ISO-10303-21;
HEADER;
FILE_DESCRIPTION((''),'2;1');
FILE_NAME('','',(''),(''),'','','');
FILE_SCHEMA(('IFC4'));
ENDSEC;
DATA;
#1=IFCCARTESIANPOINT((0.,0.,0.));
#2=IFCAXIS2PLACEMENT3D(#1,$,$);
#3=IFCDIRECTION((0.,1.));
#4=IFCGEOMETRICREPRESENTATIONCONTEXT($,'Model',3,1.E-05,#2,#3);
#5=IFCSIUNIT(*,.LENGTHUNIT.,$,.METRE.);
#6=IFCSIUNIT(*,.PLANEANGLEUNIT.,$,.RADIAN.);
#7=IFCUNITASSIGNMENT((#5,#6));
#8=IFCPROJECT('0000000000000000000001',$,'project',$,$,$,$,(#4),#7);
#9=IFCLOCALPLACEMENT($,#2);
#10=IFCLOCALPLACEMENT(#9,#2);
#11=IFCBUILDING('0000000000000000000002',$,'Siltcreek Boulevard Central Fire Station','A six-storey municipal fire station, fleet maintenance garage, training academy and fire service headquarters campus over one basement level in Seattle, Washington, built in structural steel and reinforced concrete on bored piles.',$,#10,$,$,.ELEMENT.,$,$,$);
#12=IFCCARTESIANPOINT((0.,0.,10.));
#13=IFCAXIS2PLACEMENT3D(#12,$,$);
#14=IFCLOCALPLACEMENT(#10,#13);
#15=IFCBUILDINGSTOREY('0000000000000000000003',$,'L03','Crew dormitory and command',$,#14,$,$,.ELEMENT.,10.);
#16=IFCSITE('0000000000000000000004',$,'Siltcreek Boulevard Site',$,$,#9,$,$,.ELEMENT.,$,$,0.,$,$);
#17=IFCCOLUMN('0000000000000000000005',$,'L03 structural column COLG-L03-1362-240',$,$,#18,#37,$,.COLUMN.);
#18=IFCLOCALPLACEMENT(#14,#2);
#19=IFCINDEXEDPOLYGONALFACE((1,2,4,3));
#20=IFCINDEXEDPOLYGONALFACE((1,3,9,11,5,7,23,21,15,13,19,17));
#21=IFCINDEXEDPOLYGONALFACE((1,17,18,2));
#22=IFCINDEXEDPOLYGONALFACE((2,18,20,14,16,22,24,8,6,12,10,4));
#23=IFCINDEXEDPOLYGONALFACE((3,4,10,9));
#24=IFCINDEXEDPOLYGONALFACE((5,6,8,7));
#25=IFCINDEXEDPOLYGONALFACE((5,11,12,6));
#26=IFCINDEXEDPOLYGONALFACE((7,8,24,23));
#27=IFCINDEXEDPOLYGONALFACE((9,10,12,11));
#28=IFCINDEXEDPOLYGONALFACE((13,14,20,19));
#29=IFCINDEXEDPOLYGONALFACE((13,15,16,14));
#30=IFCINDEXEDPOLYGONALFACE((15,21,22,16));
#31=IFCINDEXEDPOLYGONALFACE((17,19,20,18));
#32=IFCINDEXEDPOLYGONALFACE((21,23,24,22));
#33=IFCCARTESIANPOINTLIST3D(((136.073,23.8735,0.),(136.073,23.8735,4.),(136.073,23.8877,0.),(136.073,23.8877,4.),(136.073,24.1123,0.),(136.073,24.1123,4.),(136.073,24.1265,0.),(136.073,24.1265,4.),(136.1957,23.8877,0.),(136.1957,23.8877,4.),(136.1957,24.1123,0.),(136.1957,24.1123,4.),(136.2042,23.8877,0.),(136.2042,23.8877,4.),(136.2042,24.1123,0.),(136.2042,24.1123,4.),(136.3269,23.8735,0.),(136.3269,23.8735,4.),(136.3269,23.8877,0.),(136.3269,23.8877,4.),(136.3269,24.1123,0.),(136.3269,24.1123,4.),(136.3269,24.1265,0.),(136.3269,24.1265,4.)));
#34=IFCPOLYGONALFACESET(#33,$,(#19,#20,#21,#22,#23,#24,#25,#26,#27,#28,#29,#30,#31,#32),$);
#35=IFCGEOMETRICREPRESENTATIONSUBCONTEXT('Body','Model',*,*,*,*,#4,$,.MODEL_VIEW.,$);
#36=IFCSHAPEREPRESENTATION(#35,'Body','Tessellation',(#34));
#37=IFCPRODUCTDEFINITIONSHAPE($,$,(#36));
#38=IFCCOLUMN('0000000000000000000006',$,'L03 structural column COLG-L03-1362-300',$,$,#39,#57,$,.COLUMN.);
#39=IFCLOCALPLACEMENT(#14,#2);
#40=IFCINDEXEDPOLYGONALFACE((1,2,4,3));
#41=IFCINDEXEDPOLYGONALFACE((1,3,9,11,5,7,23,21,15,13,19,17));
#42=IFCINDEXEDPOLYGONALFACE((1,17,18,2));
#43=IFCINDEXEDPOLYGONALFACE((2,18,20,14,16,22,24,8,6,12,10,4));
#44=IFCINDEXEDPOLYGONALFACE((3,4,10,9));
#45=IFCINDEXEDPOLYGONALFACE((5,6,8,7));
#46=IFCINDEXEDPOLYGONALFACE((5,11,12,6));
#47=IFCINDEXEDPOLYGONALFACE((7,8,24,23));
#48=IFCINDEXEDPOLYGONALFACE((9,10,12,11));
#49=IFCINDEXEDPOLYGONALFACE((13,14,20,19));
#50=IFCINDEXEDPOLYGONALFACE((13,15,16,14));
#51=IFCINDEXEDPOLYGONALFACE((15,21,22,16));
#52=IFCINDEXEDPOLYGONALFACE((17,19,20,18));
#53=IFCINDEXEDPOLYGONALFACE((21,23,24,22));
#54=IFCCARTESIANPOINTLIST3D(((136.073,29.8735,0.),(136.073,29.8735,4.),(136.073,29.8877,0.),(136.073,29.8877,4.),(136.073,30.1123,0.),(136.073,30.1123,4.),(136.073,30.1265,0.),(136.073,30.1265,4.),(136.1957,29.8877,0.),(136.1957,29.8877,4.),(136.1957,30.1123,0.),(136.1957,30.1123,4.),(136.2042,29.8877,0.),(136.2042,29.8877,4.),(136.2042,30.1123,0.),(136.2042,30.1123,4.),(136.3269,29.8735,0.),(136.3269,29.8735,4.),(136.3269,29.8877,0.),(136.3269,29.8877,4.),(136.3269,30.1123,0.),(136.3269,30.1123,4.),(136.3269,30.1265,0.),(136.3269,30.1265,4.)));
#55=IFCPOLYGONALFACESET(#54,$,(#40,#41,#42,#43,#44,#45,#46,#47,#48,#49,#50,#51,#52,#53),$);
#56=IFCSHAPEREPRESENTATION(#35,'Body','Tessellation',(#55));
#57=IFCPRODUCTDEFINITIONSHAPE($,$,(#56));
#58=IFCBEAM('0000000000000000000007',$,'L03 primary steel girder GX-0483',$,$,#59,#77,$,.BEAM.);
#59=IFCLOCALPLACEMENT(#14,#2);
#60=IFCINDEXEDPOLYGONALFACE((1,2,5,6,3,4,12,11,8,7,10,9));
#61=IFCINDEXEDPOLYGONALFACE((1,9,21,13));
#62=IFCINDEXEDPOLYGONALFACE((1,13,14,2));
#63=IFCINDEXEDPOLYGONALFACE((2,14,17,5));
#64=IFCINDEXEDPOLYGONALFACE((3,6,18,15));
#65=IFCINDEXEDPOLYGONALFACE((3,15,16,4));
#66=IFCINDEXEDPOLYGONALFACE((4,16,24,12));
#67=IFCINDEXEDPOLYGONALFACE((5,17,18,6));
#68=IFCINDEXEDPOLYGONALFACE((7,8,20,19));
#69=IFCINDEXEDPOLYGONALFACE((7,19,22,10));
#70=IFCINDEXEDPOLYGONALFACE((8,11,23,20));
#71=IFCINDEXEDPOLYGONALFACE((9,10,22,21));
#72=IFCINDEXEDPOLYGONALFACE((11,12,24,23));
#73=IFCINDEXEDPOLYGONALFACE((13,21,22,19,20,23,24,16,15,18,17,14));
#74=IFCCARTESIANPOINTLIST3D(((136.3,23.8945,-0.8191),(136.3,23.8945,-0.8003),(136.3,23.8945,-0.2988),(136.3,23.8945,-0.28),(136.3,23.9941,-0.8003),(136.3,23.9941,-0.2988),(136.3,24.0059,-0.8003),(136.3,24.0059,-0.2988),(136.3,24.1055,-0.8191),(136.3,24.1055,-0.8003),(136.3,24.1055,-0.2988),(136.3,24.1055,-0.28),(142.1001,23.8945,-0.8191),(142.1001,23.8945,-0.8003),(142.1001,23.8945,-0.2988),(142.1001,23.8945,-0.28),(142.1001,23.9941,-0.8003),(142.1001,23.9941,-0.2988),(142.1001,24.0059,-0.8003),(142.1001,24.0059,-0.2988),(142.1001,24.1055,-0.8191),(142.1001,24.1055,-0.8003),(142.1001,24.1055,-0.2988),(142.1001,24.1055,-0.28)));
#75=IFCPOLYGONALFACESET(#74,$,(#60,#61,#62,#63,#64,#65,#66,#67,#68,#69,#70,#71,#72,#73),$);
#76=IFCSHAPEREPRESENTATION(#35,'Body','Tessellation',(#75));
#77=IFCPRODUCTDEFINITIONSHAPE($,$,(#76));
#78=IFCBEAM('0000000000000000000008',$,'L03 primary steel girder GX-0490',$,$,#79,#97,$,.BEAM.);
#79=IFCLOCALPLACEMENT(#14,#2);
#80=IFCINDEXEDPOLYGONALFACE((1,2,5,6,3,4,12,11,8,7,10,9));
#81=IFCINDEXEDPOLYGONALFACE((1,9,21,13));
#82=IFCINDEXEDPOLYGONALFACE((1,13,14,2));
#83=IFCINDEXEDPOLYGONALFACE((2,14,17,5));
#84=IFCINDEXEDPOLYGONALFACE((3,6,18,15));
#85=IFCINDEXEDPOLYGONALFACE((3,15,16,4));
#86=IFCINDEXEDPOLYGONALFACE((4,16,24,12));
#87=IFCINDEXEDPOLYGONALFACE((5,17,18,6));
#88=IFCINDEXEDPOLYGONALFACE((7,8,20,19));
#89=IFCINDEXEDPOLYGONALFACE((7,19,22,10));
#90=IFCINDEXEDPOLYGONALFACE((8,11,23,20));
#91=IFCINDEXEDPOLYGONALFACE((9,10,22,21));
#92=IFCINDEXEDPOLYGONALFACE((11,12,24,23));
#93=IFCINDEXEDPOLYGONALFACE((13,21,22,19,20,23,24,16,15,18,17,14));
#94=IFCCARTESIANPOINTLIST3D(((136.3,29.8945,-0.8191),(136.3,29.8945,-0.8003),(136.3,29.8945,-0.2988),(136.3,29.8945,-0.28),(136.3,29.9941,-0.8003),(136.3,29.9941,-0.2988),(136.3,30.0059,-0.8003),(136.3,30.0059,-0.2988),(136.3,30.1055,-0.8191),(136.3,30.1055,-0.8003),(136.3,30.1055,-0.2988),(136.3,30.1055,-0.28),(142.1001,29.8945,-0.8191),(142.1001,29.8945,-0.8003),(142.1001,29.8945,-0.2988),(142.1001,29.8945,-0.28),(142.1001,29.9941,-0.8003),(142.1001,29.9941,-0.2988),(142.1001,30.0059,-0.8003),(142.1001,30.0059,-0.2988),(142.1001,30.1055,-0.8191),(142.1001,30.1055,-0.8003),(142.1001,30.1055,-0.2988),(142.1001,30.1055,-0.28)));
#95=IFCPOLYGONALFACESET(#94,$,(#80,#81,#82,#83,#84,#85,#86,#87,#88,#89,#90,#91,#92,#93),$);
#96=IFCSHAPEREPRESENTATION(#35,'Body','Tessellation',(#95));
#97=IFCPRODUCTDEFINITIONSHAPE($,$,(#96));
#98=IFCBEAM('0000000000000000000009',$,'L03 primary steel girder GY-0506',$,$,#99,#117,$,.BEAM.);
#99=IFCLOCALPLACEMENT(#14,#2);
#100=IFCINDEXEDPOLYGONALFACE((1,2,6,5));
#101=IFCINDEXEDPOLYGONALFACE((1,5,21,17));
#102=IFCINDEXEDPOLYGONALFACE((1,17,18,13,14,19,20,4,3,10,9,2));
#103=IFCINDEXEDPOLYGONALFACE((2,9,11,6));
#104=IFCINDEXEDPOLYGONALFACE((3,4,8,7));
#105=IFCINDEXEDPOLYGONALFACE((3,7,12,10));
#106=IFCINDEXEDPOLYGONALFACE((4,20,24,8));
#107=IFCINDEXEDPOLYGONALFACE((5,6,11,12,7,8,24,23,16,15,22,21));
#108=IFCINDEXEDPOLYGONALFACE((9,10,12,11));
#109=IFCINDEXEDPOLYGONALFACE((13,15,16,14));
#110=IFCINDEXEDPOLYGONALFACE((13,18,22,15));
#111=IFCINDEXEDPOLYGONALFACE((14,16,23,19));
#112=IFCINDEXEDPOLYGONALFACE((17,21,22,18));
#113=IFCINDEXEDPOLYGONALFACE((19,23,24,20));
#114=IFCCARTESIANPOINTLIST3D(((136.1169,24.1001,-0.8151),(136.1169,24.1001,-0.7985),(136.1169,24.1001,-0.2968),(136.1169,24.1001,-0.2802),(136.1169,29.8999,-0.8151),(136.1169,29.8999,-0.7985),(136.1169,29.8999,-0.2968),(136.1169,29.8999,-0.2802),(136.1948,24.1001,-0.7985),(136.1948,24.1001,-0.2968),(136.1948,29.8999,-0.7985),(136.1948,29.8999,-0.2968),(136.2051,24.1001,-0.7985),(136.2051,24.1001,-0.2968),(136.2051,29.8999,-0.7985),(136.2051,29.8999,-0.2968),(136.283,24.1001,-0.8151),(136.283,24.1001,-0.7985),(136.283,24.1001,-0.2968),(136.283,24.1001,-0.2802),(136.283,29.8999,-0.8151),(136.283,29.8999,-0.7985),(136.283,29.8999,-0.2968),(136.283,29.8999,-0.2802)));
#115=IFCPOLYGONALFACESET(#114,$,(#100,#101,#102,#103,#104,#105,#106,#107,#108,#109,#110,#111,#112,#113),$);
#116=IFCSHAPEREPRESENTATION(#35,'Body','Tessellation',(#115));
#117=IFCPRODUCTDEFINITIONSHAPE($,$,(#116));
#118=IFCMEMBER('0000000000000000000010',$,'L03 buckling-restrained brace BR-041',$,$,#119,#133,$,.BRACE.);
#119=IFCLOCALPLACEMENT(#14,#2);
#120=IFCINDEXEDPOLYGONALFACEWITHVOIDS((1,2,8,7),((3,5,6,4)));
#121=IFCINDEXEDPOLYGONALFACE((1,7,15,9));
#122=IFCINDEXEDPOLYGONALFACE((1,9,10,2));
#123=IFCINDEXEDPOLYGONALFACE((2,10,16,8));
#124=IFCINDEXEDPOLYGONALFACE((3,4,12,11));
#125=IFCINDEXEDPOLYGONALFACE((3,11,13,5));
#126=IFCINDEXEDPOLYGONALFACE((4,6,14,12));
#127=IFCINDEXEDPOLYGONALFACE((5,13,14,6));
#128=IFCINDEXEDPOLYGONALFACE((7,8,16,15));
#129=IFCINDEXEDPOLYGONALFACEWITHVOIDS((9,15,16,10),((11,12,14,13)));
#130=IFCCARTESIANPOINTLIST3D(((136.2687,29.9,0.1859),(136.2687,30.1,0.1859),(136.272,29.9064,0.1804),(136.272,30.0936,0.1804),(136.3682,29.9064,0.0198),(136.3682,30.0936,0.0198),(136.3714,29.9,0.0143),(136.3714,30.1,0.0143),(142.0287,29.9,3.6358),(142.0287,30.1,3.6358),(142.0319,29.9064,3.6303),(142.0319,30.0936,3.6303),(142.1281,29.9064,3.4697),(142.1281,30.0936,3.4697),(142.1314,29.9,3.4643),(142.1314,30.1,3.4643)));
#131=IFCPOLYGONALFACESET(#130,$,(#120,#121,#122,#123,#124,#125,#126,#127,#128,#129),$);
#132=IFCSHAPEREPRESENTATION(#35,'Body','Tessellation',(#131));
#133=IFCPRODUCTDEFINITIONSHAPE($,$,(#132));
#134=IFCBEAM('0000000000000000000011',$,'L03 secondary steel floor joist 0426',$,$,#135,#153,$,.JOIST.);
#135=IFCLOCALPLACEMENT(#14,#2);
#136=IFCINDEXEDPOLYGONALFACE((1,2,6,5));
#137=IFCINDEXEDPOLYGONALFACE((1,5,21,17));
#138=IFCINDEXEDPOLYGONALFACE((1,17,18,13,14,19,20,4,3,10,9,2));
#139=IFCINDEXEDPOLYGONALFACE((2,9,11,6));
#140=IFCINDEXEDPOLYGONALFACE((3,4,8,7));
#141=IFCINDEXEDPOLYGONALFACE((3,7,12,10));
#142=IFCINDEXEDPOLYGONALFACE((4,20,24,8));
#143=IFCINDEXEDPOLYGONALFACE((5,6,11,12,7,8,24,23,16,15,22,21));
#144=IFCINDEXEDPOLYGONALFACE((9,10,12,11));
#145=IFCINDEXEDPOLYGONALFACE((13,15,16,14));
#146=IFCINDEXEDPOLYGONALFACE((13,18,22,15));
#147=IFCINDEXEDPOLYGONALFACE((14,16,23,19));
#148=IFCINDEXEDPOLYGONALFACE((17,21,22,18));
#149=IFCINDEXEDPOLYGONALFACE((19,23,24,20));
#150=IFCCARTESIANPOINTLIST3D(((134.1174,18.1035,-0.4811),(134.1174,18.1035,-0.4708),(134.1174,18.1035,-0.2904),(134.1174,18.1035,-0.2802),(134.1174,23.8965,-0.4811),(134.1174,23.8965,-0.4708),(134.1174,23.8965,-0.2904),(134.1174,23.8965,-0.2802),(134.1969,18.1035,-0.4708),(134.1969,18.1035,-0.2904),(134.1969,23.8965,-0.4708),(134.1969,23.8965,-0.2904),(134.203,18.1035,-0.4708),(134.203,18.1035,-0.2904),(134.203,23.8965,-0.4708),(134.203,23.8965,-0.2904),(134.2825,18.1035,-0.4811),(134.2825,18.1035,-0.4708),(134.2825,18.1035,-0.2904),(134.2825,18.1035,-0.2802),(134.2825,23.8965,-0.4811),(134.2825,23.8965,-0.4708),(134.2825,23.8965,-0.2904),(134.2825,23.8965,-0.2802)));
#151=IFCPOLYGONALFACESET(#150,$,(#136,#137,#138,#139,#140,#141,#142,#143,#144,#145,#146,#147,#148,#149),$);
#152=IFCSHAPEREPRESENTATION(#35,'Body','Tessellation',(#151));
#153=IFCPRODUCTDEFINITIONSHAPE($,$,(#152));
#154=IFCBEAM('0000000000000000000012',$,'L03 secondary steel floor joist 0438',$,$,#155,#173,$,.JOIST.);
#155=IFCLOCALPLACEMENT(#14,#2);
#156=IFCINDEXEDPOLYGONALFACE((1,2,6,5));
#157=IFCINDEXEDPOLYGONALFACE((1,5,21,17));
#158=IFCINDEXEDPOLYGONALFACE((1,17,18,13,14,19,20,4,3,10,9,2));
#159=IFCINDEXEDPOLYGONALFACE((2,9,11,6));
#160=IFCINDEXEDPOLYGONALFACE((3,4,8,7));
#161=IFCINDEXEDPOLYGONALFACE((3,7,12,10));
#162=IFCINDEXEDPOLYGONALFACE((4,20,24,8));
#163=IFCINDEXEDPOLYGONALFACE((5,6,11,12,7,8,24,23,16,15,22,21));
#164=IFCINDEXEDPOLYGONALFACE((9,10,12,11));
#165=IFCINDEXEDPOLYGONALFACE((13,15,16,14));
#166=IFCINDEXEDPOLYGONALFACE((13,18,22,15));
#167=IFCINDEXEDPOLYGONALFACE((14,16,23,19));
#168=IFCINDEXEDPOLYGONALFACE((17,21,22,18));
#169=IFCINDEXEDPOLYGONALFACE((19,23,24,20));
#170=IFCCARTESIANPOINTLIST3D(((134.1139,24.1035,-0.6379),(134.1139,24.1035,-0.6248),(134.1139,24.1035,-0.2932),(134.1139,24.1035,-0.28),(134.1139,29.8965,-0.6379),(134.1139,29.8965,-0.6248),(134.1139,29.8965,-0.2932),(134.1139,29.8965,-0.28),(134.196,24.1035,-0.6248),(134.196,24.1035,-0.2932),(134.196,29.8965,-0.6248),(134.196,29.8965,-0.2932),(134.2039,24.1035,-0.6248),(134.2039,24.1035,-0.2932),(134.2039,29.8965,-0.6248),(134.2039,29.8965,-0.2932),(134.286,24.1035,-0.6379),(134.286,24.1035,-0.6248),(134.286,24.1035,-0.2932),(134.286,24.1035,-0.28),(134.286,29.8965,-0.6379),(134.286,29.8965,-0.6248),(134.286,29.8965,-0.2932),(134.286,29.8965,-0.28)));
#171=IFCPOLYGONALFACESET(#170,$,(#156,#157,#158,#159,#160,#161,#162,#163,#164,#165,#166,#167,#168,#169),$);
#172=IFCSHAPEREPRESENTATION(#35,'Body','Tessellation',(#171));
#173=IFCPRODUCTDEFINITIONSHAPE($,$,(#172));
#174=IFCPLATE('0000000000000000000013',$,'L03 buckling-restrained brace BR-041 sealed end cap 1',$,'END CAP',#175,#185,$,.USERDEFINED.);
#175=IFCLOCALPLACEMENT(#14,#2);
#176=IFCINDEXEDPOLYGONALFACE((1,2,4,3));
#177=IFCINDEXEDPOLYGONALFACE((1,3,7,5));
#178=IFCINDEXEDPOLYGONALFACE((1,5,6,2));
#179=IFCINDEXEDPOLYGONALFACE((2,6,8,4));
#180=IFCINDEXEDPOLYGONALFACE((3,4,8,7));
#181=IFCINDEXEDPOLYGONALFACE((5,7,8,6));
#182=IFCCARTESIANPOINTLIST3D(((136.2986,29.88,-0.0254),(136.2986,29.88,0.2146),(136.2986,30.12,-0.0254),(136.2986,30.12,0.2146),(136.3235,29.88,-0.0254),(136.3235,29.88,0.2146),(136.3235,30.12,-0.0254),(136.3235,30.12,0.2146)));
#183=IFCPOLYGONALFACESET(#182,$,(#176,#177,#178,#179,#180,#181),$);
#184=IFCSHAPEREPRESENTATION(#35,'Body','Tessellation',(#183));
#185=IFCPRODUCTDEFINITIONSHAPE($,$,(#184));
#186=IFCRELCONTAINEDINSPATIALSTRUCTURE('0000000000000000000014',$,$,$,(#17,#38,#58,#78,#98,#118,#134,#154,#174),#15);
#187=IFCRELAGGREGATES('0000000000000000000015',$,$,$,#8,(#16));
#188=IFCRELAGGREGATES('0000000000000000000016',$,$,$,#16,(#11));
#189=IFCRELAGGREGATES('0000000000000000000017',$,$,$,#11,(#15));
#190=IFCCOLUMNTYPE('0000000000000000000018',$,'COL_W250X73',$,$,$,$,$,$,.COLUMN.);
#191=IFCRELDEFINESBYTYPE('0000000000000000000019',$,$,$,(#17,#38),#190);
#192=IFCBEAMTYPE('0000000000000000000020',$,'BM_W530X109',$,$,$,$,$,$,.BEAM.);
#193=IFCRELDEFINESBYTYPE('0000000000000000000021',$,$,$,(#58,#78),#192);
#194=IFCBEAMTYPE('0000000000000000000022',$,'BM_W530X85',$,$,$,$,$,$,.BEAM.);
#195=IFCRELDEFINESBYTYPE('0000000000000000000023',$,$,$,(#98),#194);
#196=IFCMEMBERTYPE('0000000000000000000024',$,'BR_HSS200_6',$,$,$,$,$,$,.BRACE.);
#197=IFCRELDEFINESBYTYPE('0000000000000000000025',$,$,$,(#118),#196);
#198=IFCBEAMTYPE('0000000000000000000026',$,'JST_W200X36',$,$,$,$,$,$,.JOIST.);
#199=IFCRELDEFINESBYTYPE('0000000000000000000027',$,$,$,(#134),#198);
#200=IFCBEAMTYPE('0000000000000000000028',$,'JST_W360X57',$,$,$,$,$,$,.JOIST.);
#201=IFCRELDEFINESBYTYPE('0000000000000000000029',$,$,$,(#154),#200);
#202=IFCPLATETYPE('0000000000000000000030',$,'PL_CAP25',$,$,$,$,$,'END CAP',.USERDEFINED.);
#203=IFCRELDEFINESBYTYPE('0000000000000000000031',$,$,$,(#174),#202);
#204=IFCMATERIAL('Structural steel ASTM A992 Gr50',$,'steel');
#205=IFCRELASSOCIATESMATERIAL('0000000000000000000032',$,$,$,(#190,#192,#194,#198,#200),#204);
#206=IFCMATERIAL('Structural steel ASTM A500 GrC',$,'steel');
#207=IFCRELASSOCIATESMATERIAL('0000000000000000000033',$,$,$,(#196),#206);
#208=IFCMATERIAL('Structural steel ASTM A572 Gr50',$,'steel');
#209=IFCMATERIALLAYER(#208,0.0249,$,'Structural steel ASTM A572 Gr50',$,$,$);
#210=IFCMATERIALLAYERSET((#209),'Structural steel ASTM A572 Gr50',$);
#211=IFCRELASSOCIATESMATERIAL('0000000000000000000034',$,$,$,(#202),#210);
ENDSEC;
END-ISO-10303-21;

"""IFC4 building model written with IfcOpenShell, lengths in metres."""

from ifc_helpers import new_model, si_unit, direction, frame, origin, origin_2d, place, context, subcontext, project, spatial, rectangle, hollow_rectangle, i_section, extrude, material, layer, layer_set, material_profile, profile_set, type_object, element, save


model = new_model("IFC4")

# Units and contexts
model_context = context("Model", 3, precision=1e-05, world=origin(), true_north=direction((0.0, 1.0)))
body_context = subcontext(model_context, "Body", "Model", "MODEL_VIEW")
ifc_project = project(units=[si_unit("LENGTHUNIT", "METRE"), si_unit("PLANEANGLEUNIT", "RADIAN")], contexts=[model_context])

# Site, building, storey
site_placement = place(None, origin())
site = spatial("IfcSite", under=ifc_project, at=site_placement, Name="Siltcreek Boulevard Site", CompositionType="ELEMENT", RefElevation=0.0)
building_placement = place(site_placement, origin())
building = spatial("IfcBuilding", under=site, at=building_placement, Name="Siltcreek Boulevard Central Fire Station", Description="A six-storey municipal fire station, fleet maintenance garage, training academy and fire service headquarters campus over one basement level in Seattle, Washington, built in structural steel and reinforced concrete on bored piles.", CompositionType="ELEMENT")
storey_placement = place(building_placement, frame((0.0, 0.0, 10.0)))
storey = spatial("IfcBuildingStorey", under=building, at=storey_placement, Name="L03", Description="Crew dormitory and command", CompositionType="ELEMENT", Elevation=10.0)

# Columns
ifc_material_1 = material(Name="Structural steel ASTM A992 Gr50", Category="steel")
ifc_material_profile_1 = material_profile(ifc_material_1, i_section(OverallWidth=0.2539, OverallDepth=0.2529, WebThickness=0.0085, FlangeThickness=0.0142, at=origin_2d()), Name="W250X73")
ifc_profile_set_1 = profile_set([ifc_material_profile_1], Name="Structural steel ASTM A992 Gr50")
column_type = type_object("IfcColumnType", Name="COL_W250X73", PredefinedType="COLUMN", material=ifc_profile_set_1)
for number, where, z_axis, x_axis, name in (
    (1, (136.2, 24.0, 0.0), (0.0, 0.0, 1.0), (1.0, 0.0, 0.0), "L03 structural column COLG-L03-1362-240"),
    (2, (136.2, 30.0, 0.0), (0.0, 0.0, 1.0), (1.0, 0.0, 0.0), "L03 structural column COLG-L03-1362-300"),
):
    element("IfcColumn", number, at=place(storey_placement, frame(where, z_axis=z_axis, x_axis=x_axis)), inside=storey, type_object=column_type, Name=name, PredefinedType="COLUMN", context=body_context, shape_type="SweptSolid", body=[
        extrude(i_section(OverallWidth=0.2539, OverallDepth=0.2529, WebThickness=0.0085, FlangeThickness=0.0142, at=origin_2d()), origin(), (0.0, 0.0, 1.0), 4.0),
    ])

# Beams
ifc_material_profile_2 = material_profile(ifc_material_1, i_section(OverallWidth=0.2109, OverallDepth=0.5391, WebThickness=0.0117, FlangeThickness=0.0188, at=origin_2d()), Name="W530X109")
ifc_profile_set_2 = profile_set([ifc_material_profile_2], Name="Structural steel ASTM A992 Gr50")
beam_type_1 = type_object("IfcBeamType", Name="BM_W530X109", PredefinedType="BEAM", material=ifc_profile_set_2)
for number, where, z_axis, x_axis, name in (
    (3, (136.3, 24.0, -0.5496), (1.0, 0.0, 0.0), (0.0, 1.0, 0.0), "L03 primary steel girder GX-0483"),
    (4, (136.3, 30.0, -0.5496), (1.0, 0.0, 0.0), (0.0, 1.0, 0.0), "L03 primary steel girder GX-0490"),
):
    element("IfcBeam", number, at=place(storey_placement, frame(where, z_axis=z_axis, x_axis=x_axis)), inside=storey, type_object=beam_type_1, Name=name, PredefinedType="BEAM", context=body_context, shape_type="SweptSolid", body=[
        extrude(i_section(OverallWidth=0.2109, OverallDepth=0.5391, WebThickness=0.0117, FlangeThickness=0.0188, at=origin_2d()), origin(), (0.0, 0.0, 1.0), 5.8),
    ])
ifc_material_profile_3 = material_profile(ifc_material_1, i_section(OverallWidth=0.166, OverallDepth=0.5349, WebThickness=0.0103, FlangeThickness=0.0166, at=origin_2d()), Name="W530X85")
ifc_profile_set_3 = profile_set([ifc_material_profile_3], Name="Structural steel ASTM A992 Gr50")
beam_type_2 = type_object("IfcBeamType", Name="BM_W530X85", PredefinedType="BEAM", material=ifc_profile_set_3)
beam_1_placement = place(storey_placement, frame((136.2, 24.1001, -0.5476), z_axis=(0.0, 1.0, 0.0), x_axis=(-1.0, 0.0, 0.0)))
element("IfcBeam", 5, at=beam_1_placement, inside=storey, type_object=beam_type_2, Name="L03 primary steel girder GY-0506", PredefinedType="BEAM", context=body_context, shape_type="SweptSolid", body=[
    extrude(i_section(OverallWidth=0.166, OverallDepth=0.5349, WebThickness=0.0103, FlangeThickness=0.0166, at=origin_2d()), origin(), (0.0, 0.0, 1.0), 5.7998),
])

# Member
ifc_material_2 = material(Name="Structural steel ASTM A500 GrC", Category="steel")
ifc_material_profile_4 = material_profile(ifc_material_2, hollow_rectangle(XDim=0.2, YDim=0.2, WallThickness=0.0063, at=origin_2d()), Name="HSS200X200X6.4")
ifc_profile_set_4 = profile_set([ifc_material_profile_4], Name="Structural steel ASTM A500 GrC")
member_type = type_object("IfcMemberType", Name="BR_HSS200_6", PredefinedType="BRACE", material=ifc_profile_set_4)
member_placement = place(storey_placement, frame((136.3201, 30.0, 0.1001), z_axis=(0.857891, 0.0, 0.513833), x_axis=(0.0, 1.0, 0.0)))
element("IfcMember", 6, at=member_placement, inside=storey, type_object=member_type, Name="L03 buckling-restrained brace BR-041", PredefinedType="BRACE", context=body_context, shape_type="SweptSolid", body=[
    extrude(hollow_rectangle(XDim=0.2, YDim=0.2, WallThickness=0.0063, at=origin_2d()), origin(), (0.0, 0.0, 1.0), 6.7141),
])

# Beams
ifc_material_profile_5 = material_profile(ifc_material_1, i_section(OverallWidth=0.165, OverallDepth=0.2009, WebThickness=0.0061, FlangeThickness=0.0103, at=origin_2d()), Name="W200X36")
ifc_profile_set_5 = profile_set([ifc_material_profile_5], Name="Structural steel ASTM A992 Gr50")
beam_type_3 = type_object("IfcBeamType", Name="JST_W200X36", PredefinedType="JOIST", material=ifc_profile_set_5)
beam_2_placement = place(storey_placement, frame((134.2, 18.1035, -0.3806), z_axis=(0.0, 1.0, 0.0), x_axis=(-1.0, 0.0, 0.0)))
element("IfcBeam", 7, at=beam_2_placement, inside=storey, type_object=beam_type_3, Name="L03 secondary steel floor joist 0426", PredefinedType="JOIST", context=body_context, shape_type="SweptSolid", body=[
    extrude(i_section(OverallWidth=0.165, OverallDepth=0.2009, WebThickness=0.0061, FlangeThickness=0.0103, at=origin_2d()), origin(), (0.0, 0.0, 1.0), 5.793),
])
ifc_material_profile_6 = material_profile(ifc_material_1, i_section(OverallWidth=0.1721, OverallDepth=0.3579, WebThickness=0.0078, FlangeThickness=0.0132, at=origin_2d()), Name="W360X57")
ifc_profile_set_6 = profile_set([ifc_material_profile_6], Name="Structural steel ASTM A992 Gr50")
beam_type_4 = type_object("IfcBeamType", Name="JST_W360X57", PredefinedType="JOIST", material=ifc_profile_set_6)
beam_3_placement = place(storey_placement, frame((134.2, 24.1035, -0.459), z_axis=(0.0, 1.0, 0.0), x_axis=(-1.0, 0.0, 0.0)))
element("IfcBeam", 8, at=beam_3_placement, inside=storey, type_object=beam_type_4, Name="L03 secondary steel floor joist 0438", PredefinedType="JOIST", context=body_context, shape_type="SweptSolid", body=[
    extrude(i_section(OverallWidth=0.1721, OverallDepth=0.3579, WebThickness=0.0078, FlangeThickness=0.0132, at=origin_2d()), origin(), (0.0, 0.0, 1.0), 5.793),
])

# Plate
ifc_material_3 = material(Name="Structural steel ASTM A572 Gr50", Category="steel")
ifc_layer_1 = layer(ifc_material_3, 0.0249, Name="Structural steel ASTM A572 Gr50")
ifc_layer_set_1 = layer_set([ifc_layer_1], Name="Structural steel ASTM A572 Gr50")
plate_type_1 = type_object("IfcPlateType", Name="PL_CAP25", ElementType="END CAP", PredefinedType="USERDEFINED", material=ifc_layer_set_1)
plate_1_placement = place(storey_placement, frame((136.311, 30.0, -0.0254), z_axis=(0.0, 0.0, 1.0), x_axis=(1.0, 0.0, 0.0)))
element("IfcPlate", 9, at=plate_1_placement, inside=storey, type_object=plate_type_1, Name="L03 buckling-restrained brace BR-041 sealed end cap 1", ObjectType="END CAP", PredefinedType="USERDEFINED", context=body_context, shape_type="SweptSolid", body=[
    extrude(rectangle(XDim=0.0249, YDim=0.24, at=origin_2d()), origin(), (0.0, 0.0, 1.0), 0.24),
])

save(model, "model.ifc")
